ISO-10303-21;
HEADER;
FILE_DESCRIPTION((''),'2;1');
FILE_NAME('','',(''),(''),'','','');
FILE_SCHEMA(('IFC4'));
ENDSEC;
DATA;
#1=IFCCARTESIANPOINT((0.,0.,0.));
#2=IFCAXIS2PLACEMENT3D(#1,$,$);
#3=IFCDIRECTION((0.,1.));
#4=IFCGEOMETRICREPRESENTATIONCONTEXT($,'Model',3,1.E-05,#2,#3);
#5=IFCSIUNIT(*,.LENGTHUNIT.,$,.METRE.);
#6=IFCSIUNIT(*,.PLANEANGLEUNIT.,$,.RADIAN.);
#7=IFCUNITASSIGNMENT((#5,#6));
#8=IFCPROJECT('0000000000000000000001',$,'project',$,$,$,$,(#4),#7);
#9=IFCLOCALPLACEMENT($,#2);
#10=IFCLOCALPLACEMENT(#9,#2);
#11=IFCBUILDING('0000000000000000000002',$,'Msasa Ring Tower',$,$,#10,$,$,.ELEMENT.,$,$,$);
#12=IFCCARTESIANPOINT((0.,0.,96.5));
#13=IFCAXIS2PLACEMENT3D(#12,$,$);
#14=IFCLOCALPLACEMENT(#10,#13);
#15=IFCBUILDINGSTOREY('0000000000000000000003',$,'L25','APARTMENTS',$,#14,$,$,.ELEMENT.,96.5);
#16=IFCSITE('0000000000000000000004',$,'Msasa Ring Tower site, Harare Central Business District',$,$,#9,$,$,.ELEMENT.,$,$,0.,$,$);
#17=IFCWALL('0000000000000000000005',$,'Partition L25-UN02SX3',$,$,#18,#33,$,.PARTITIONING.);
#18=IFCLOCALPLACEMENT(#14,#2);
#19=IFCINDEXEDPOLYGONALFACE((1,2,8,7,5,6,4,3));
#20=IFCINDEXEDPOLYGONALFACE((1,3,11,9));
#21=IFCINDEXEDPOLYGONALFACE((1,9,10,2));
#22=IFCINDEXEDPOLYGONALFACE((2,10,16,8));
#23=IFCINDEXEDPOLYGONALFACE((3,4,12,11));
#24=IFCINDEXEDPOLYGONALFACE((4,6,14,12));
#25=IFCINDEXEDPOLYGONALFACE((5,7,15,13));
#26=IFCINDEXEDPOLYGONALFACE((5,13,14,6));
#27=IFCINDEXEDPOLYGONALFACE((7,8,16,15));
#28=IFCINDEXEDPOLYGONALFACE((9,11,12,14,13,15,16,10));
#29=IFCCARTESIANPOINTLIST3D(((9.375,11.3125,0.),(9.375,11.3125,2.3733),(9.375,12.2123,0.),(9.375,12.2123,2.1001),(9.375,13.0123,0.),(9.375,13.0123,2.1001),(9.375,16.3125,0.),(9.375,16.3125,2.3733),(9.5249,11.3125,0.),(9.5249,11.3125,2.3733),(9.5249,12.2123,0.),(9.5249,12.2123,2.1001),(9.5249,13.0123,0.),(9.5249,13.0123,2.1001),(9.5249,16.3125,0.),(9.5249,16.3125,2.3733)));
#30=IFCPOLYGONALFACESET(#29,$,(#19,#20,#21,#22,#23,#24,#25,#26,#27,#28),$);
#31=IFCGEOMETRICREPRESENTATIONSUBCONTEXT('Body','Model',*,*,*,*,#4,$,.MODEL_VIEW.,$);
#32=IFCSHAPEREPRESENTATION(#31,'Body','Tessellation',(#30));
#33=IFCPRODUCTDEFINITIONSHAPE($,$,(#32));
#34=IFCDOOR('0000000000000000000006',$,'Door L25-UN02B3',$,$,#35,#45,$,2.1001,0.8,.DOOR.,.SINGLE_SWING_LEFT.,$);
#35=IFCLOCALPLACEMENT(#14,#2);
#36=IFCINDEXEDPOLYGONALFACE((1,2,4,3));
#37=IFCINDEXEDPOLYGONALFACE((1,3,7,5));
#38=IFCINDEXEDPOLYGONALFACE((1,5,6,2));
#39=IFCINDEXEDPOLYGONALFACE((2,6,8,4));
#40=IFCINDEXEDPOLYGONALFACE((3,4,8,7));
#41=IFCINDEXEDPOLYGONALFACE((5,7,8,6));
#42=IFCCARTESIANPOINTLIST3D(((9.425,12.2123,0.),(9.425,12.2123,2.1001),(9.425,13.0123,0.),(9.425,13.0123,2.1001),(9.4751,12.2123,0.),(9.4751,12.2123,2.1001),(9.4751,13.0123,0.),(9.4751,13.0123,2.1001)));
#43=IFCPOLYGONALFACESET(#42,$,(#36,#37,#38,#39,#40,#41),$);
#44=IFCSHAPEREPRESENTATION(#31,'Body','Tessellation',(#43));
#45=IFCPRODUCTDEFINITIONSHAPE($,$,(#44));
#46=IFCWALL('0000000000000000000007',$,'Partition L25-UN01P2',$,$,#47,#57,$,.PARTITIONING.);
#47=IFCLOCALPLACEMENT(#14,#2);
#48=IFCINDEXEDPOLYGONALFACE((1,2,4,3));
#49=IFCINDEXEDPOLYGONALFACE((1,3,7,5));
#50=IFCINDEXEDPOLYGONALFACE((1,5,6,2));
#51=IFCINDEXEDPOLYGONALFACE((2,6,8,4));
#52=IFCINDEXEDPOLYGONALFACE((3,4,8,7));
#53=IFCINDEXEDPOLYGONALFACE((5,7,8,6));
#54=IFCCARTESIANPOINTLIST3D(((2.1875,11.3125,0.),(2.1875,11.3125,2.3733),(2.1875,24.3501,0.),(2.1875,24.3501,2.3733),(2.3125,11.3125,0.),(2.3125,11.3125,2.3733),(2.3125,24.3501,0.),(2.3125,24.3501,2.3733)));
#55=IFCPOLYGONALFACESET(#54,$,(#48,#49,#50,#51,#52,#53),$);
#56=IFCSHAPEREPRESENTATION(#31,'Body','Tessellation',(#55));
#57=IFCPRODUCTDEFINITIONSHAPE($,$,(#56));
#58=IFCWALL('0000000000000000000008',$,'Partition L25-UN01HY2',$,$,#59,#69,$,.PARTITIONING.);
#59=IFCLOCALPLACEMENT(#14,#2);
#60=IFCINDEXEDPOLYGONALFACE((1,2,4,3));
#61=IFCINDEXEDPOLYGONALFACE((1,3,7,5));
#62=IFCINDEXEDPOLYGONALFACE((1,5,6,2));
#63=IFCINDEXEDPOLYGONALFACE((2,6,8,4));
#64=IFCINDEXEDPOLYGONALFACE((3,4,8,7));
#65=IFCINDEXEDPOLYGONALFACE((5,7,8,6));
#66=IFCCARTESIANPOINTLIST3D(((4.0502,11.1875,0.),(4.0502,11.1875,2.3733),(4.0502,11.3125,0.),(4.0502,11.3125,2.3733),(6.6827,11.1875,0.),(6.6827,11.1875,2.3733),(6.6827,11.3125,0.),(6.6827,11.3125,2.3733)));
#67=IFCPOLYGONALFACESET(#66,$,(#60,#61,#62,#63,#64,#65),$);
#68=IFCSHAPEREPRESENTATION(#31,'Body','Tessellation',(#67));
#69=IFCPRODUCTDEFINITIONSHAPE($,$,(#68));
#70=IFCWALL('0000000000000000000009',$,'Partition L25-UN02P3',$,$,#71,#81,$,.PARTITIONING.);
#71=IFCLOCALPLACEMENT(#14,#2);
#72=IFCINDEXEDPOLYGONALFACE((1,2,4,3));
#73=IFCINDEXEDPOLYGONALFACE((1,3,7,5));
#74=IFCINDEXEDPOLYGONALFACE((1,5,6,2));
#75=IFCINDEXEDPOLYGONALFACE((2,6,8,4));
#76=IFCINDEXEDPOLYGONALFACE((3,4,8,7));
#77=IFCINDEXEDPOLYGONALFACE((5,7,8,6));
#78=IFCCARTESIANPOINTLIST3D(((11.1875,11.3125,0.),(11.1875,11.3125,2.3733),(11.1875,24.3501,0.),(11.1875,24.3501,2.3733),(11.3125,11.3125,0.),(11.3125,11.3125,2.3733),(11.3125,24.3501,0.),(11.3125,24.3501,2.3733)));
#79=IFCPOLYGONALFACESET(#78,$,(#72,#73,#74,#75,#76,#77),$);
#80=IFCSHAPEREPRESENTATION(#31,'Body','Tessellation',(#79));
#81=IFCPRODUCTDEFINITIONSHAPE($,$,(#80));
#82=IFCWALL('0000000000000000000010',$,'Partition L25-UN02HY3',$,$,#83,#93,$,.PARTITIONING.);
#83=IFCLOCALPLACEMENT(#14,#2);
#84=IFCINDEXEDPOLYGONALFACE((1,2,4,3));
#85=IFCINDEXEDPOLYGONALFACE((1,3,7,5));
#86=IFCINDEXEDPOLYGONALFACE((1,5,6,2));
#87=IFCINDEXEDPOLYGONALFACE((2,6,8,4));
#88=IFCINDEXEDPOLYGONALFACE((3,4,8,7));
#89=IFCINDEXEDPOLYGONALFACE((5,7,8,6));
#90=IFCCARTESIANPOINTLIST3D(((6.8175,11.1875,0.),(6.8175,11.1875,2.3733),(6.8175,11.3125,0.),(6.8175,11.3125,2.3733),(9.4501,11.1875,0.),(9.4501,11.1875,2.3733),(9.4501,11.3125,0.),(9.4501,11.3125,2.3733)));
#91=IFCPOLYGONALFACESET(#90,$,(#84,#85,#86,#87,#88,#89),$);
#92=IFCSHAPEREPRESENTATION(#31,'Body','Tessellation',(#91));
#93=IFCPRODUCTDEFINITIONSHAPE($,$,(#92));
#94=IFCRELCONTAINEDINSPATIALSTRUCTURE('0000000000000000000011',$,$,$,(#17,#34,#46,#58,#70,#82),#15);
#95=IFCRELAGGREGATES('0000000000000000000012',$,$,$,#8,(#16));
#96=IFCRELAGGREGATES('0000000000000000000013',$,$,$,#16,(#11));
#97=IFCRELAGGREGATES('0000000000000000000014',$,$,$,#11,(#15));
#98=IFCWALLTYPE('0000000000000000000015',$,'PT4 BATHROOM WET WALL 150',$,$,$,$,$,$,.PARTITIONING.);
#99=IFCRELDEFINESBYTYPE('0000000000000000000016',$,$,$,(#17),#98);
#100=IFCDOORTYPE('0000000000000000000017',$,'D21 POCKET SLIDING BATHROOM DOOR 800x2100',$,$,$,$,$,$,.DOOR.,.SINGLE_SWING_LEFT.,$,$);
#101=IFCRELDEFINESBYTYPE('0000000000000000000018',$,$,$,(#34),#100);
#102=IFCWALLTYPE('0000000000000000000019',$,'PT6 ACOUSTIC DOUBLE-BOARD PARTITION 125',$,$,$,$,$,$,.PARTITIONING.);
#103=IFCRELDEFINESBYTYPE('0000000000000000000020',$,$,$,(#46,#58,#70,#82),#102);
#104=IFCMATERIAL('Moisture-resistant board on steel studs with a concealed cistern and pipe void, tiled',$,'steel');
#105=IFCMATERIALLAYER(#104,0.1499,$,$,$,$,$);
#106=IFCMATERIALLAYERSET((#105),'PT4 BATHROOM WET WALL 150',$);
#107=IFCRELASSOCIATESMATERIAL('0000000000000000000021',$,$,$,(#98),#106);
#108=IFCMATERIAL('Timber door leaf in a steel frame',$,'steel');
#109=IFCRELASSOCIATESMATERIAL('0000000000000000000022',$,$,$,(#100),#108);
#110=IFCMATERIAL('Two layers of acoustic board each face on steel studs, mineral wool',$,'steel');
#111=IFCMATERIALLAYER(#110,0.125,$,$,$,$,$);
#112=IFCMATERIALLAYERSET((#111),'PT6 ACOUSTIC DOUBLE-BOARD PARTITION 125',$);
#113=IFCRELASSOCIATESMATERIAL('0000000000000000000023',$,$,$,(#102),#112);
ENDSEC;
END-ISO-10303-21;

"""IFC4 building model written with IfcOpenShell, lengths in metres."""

from ifc_helpers import new_model, si_unit, direction, frame, frame_2d, origin, place, context, subcontext, project, spatial, rectangle, extrude, material, layer, layer_set, type_object, element, fill, save


model = new_model("IFC4")

# Units and contexts
model_context = context("Model", 3, precision=1e-05, world=origin(), true_north=direction((0.0, 1.0)))
body_context = subcontext(model_context, "Body", "Model", "MODEL_VIEW")
ifc_project = project(units=[si_unit("LENGTHUNIT", "METRE"), si_unit("PLANEANGLEUNIT", "RADIAN")], contexts=[model_context])

# Site, building, storey
site_placement = place(None, origin())
site = spatial("IfcSite", under=ifc_project, at=site_placement, Name="Msasa Ring Tower site, Harare Central Business District", CompositionType="ELEMENT", RefElevation=0.0)
building_placement = place(site_placement, origin())
building = spatial("IfcBuilding", under=site, at=building_placement, Name="Msasa Ring Tower", CompositionType="ELEMENT")
storey_placement = place(building_placement, frame((0.0, 0.0, 96.5)))
storey = spatial("IfcBuildingStorey", under=building, at=storey_placement, Name="L25", Description="APARTMENTS", CompositionType="ELEMENT", Elevation=96.5)

# Shared definitions
ifc_material_1 = material(Name="Moisture-resistant board on steel studs with a concealed cistern and pipe void, tiled", Category="steel")
ifc_layer_1 = layer(ifc_material_1, 0.1499)
ifc_layer_set_1 = layer_set([ifc_layer_1], Name="PT4 BATHROOM WET WALL 150")
wall_type_1 = type_object("IfcWallType", Name="PT4 BATHROOM WET WALL 150", PredefinedType="PARTITIONING", material=ifc_layer_set_1)
ifc_material_2 = material(Name="Timber door leaf in a steel frame", Category="steel")
door_type = type_object("IfcDoorType", Name="D21 POCKET SLIDING BATHROOM DOOR 800x2100", OperationType="SINGLE_SWING_LEFT", PredefinedType="DOOR", material=ifc_material_2)

# Wall, opening, door
wall_1_placement = place(storey_placement, frame((9.45, 11.3125, 0.0), z_axis=(0.0, 0.0, 1.0), x_axis=(0.0, 1.0, 0.0)))
wall_1 = element("IfcWall", 1, at=wall_1_placement, inside=storey, type_object=wall_type_1, Name="Partition L25-UN02SX3", PredefinedType="PARTITIONING", context=body_context, shape_type="SweptSolid", body=[
    extrude(rectangle(XDim=5.0, YDim=0.1499, at=frame_2d((2.5, 0.0))), origin(), (0.0, 0.0, 1.0), 2.3733),
])
opening_1_placement = place(wall_1_placement, frame((0.8999, 0.0, 0.0)))
opening_1 = element("IfcOpeningElement", 2, at=opening_1_placement, cuts=wall_1, PredefinedType="OPENING", context=body_context, shape_type="SweptSolid", body=[
    extrude(rectangle(XDim=0.8, YDim=2.1001, at=frame_2d((0.3999, 1.05))), frame((0.0, 0.085, 0.0), z_axis=(0.0, -1.0, 0.0), x_axis=(1.0, 0.0, 0.0)), (0.0, 0.0, 1.0), 0.1699),
])
door_1_placement = place(opening_1_placement, origin())
door_1 = element("IfcDoor", 3, at=door_1_placement, inside=storey, type_object=door_type, Name="Door L25-UN02B3", OperationType="SINGLE_SWING_LEFT", OverallHeight=2.1001, OverallWidth=0.8, PredefinedType="DOOR", context=body_context, shape_type="SweptSolid", body=[
    extrude(rectangle(XDim=0.8, YDim=2.1001, at=frame_2d((0.3999, 1.05))), frame((0.0, 0.0249, 0.0), z_axis=(0.0, -1.0, 0.0), x_axis=(1.0, 0.0, 0.0)), (0.0, 0.0, 1.0), 0.05),
])
fill(opening_1, door_1)

# Walls
ifc_material_3 = material(Name="Two layers of acoustic board each face on steel studs, mineral wool", Category="steel")
ifc_layer_2 = layer(ifc_material_3, 0.125)
ifc_layer_set_2 = layer_set([ifc_layer_2], Name="PT6 ACOUSTIC DOUBLE-BOARD PARTITION 125")
wall_type_2 = type_object("IfcWallType", Name="PT6 ACOUSTIC DOUBLE-BOARD PARTITION 125", PredefinedType="PARTITIONING", material=ifc_layer_set_2)
wall_2_placement = place(storey_placement, frame((2.25, 11.3125, 0.0), z_axis=(0.0, 0.0, 1.0), x_axis=(0.0, 1.0, 0.0)))
element("IfcWall", 4, at=wall_2_placement, inside=storey, type_object=wall_type_2, Name="Partition L25-UN01P2", PredefinedType="PARTITIONING", context=body_context, shape_type="SweptSolid", body=[
    extrude(rectangle(XDim=13.0376, YDim=0.125, at=frame_2d((6.5188, 0.0))), origin(), (0.0, 0.0, 1.0), 2.3733),
])
wall_3_placement = place(storey_placement, frame((4.05, 11.25, 0.0), z_axis=(0.0, 0.0, 1.0), x_axis=(1.0, 0.0, 0.0)))
element("IfcWall", 5, at=wall_3_placement, inside=storey, type_object=wall_type_2, Name="Partition L25-UN01HY2", PredefinedType="PARTITIONING", context=body_context, shape_type="SweptSolid", body=[
    extrude(rectangle(XDim=2.6326, YDim=0.125, at=frame_2d((1.3164, 0.0))), origin(), (0.0, 0.0, 1.0), 2.3733),
])
wall_4_placement = place(storey_placement, frame((11.25, 11.3125, 0.0), z_axis=(0.0, 0.0, 1.0), x_axis=(0.0, 1.0, 0.0)))
element("IfcWall", 6, at=wall_4_placement, inside=storey, type_object=wall_type_2, Name="Partition L25-UN02P3", PredefinedType="PARTITIONING", context=body_context, shape_type="SweptSolid", body=[
    extrude(rectangle(XDim=13.0376, YDim=0.125, at=frame_2d((6.5188, 0.0))), origin(), (0.0, 0.0, 1.0), 2.3733),
])
wall_5_placement = place(storey_placement, frame((6.8174, 11.25, 0.0), z_axis=(0.0, 0.0, 1.0), x_axis=(1.0, 0.0, 0.0)))
element("IfcWall", 7, at=wall_5_placement, inside=storey, type_object=wall_type_2, Name="Partition L25-UN02HY3", PredefinedType="PARTITIONING", context=body_context, shape_type="SweptSolid", body=[
    extrude(rectangle(XDim=2.6326, YDim=0.125, at=frame_2d((1.3164, 0.0))), origin(), (0.0, 0.0, 1.0), 2.3733),
])

save(model, "model.ifc")
